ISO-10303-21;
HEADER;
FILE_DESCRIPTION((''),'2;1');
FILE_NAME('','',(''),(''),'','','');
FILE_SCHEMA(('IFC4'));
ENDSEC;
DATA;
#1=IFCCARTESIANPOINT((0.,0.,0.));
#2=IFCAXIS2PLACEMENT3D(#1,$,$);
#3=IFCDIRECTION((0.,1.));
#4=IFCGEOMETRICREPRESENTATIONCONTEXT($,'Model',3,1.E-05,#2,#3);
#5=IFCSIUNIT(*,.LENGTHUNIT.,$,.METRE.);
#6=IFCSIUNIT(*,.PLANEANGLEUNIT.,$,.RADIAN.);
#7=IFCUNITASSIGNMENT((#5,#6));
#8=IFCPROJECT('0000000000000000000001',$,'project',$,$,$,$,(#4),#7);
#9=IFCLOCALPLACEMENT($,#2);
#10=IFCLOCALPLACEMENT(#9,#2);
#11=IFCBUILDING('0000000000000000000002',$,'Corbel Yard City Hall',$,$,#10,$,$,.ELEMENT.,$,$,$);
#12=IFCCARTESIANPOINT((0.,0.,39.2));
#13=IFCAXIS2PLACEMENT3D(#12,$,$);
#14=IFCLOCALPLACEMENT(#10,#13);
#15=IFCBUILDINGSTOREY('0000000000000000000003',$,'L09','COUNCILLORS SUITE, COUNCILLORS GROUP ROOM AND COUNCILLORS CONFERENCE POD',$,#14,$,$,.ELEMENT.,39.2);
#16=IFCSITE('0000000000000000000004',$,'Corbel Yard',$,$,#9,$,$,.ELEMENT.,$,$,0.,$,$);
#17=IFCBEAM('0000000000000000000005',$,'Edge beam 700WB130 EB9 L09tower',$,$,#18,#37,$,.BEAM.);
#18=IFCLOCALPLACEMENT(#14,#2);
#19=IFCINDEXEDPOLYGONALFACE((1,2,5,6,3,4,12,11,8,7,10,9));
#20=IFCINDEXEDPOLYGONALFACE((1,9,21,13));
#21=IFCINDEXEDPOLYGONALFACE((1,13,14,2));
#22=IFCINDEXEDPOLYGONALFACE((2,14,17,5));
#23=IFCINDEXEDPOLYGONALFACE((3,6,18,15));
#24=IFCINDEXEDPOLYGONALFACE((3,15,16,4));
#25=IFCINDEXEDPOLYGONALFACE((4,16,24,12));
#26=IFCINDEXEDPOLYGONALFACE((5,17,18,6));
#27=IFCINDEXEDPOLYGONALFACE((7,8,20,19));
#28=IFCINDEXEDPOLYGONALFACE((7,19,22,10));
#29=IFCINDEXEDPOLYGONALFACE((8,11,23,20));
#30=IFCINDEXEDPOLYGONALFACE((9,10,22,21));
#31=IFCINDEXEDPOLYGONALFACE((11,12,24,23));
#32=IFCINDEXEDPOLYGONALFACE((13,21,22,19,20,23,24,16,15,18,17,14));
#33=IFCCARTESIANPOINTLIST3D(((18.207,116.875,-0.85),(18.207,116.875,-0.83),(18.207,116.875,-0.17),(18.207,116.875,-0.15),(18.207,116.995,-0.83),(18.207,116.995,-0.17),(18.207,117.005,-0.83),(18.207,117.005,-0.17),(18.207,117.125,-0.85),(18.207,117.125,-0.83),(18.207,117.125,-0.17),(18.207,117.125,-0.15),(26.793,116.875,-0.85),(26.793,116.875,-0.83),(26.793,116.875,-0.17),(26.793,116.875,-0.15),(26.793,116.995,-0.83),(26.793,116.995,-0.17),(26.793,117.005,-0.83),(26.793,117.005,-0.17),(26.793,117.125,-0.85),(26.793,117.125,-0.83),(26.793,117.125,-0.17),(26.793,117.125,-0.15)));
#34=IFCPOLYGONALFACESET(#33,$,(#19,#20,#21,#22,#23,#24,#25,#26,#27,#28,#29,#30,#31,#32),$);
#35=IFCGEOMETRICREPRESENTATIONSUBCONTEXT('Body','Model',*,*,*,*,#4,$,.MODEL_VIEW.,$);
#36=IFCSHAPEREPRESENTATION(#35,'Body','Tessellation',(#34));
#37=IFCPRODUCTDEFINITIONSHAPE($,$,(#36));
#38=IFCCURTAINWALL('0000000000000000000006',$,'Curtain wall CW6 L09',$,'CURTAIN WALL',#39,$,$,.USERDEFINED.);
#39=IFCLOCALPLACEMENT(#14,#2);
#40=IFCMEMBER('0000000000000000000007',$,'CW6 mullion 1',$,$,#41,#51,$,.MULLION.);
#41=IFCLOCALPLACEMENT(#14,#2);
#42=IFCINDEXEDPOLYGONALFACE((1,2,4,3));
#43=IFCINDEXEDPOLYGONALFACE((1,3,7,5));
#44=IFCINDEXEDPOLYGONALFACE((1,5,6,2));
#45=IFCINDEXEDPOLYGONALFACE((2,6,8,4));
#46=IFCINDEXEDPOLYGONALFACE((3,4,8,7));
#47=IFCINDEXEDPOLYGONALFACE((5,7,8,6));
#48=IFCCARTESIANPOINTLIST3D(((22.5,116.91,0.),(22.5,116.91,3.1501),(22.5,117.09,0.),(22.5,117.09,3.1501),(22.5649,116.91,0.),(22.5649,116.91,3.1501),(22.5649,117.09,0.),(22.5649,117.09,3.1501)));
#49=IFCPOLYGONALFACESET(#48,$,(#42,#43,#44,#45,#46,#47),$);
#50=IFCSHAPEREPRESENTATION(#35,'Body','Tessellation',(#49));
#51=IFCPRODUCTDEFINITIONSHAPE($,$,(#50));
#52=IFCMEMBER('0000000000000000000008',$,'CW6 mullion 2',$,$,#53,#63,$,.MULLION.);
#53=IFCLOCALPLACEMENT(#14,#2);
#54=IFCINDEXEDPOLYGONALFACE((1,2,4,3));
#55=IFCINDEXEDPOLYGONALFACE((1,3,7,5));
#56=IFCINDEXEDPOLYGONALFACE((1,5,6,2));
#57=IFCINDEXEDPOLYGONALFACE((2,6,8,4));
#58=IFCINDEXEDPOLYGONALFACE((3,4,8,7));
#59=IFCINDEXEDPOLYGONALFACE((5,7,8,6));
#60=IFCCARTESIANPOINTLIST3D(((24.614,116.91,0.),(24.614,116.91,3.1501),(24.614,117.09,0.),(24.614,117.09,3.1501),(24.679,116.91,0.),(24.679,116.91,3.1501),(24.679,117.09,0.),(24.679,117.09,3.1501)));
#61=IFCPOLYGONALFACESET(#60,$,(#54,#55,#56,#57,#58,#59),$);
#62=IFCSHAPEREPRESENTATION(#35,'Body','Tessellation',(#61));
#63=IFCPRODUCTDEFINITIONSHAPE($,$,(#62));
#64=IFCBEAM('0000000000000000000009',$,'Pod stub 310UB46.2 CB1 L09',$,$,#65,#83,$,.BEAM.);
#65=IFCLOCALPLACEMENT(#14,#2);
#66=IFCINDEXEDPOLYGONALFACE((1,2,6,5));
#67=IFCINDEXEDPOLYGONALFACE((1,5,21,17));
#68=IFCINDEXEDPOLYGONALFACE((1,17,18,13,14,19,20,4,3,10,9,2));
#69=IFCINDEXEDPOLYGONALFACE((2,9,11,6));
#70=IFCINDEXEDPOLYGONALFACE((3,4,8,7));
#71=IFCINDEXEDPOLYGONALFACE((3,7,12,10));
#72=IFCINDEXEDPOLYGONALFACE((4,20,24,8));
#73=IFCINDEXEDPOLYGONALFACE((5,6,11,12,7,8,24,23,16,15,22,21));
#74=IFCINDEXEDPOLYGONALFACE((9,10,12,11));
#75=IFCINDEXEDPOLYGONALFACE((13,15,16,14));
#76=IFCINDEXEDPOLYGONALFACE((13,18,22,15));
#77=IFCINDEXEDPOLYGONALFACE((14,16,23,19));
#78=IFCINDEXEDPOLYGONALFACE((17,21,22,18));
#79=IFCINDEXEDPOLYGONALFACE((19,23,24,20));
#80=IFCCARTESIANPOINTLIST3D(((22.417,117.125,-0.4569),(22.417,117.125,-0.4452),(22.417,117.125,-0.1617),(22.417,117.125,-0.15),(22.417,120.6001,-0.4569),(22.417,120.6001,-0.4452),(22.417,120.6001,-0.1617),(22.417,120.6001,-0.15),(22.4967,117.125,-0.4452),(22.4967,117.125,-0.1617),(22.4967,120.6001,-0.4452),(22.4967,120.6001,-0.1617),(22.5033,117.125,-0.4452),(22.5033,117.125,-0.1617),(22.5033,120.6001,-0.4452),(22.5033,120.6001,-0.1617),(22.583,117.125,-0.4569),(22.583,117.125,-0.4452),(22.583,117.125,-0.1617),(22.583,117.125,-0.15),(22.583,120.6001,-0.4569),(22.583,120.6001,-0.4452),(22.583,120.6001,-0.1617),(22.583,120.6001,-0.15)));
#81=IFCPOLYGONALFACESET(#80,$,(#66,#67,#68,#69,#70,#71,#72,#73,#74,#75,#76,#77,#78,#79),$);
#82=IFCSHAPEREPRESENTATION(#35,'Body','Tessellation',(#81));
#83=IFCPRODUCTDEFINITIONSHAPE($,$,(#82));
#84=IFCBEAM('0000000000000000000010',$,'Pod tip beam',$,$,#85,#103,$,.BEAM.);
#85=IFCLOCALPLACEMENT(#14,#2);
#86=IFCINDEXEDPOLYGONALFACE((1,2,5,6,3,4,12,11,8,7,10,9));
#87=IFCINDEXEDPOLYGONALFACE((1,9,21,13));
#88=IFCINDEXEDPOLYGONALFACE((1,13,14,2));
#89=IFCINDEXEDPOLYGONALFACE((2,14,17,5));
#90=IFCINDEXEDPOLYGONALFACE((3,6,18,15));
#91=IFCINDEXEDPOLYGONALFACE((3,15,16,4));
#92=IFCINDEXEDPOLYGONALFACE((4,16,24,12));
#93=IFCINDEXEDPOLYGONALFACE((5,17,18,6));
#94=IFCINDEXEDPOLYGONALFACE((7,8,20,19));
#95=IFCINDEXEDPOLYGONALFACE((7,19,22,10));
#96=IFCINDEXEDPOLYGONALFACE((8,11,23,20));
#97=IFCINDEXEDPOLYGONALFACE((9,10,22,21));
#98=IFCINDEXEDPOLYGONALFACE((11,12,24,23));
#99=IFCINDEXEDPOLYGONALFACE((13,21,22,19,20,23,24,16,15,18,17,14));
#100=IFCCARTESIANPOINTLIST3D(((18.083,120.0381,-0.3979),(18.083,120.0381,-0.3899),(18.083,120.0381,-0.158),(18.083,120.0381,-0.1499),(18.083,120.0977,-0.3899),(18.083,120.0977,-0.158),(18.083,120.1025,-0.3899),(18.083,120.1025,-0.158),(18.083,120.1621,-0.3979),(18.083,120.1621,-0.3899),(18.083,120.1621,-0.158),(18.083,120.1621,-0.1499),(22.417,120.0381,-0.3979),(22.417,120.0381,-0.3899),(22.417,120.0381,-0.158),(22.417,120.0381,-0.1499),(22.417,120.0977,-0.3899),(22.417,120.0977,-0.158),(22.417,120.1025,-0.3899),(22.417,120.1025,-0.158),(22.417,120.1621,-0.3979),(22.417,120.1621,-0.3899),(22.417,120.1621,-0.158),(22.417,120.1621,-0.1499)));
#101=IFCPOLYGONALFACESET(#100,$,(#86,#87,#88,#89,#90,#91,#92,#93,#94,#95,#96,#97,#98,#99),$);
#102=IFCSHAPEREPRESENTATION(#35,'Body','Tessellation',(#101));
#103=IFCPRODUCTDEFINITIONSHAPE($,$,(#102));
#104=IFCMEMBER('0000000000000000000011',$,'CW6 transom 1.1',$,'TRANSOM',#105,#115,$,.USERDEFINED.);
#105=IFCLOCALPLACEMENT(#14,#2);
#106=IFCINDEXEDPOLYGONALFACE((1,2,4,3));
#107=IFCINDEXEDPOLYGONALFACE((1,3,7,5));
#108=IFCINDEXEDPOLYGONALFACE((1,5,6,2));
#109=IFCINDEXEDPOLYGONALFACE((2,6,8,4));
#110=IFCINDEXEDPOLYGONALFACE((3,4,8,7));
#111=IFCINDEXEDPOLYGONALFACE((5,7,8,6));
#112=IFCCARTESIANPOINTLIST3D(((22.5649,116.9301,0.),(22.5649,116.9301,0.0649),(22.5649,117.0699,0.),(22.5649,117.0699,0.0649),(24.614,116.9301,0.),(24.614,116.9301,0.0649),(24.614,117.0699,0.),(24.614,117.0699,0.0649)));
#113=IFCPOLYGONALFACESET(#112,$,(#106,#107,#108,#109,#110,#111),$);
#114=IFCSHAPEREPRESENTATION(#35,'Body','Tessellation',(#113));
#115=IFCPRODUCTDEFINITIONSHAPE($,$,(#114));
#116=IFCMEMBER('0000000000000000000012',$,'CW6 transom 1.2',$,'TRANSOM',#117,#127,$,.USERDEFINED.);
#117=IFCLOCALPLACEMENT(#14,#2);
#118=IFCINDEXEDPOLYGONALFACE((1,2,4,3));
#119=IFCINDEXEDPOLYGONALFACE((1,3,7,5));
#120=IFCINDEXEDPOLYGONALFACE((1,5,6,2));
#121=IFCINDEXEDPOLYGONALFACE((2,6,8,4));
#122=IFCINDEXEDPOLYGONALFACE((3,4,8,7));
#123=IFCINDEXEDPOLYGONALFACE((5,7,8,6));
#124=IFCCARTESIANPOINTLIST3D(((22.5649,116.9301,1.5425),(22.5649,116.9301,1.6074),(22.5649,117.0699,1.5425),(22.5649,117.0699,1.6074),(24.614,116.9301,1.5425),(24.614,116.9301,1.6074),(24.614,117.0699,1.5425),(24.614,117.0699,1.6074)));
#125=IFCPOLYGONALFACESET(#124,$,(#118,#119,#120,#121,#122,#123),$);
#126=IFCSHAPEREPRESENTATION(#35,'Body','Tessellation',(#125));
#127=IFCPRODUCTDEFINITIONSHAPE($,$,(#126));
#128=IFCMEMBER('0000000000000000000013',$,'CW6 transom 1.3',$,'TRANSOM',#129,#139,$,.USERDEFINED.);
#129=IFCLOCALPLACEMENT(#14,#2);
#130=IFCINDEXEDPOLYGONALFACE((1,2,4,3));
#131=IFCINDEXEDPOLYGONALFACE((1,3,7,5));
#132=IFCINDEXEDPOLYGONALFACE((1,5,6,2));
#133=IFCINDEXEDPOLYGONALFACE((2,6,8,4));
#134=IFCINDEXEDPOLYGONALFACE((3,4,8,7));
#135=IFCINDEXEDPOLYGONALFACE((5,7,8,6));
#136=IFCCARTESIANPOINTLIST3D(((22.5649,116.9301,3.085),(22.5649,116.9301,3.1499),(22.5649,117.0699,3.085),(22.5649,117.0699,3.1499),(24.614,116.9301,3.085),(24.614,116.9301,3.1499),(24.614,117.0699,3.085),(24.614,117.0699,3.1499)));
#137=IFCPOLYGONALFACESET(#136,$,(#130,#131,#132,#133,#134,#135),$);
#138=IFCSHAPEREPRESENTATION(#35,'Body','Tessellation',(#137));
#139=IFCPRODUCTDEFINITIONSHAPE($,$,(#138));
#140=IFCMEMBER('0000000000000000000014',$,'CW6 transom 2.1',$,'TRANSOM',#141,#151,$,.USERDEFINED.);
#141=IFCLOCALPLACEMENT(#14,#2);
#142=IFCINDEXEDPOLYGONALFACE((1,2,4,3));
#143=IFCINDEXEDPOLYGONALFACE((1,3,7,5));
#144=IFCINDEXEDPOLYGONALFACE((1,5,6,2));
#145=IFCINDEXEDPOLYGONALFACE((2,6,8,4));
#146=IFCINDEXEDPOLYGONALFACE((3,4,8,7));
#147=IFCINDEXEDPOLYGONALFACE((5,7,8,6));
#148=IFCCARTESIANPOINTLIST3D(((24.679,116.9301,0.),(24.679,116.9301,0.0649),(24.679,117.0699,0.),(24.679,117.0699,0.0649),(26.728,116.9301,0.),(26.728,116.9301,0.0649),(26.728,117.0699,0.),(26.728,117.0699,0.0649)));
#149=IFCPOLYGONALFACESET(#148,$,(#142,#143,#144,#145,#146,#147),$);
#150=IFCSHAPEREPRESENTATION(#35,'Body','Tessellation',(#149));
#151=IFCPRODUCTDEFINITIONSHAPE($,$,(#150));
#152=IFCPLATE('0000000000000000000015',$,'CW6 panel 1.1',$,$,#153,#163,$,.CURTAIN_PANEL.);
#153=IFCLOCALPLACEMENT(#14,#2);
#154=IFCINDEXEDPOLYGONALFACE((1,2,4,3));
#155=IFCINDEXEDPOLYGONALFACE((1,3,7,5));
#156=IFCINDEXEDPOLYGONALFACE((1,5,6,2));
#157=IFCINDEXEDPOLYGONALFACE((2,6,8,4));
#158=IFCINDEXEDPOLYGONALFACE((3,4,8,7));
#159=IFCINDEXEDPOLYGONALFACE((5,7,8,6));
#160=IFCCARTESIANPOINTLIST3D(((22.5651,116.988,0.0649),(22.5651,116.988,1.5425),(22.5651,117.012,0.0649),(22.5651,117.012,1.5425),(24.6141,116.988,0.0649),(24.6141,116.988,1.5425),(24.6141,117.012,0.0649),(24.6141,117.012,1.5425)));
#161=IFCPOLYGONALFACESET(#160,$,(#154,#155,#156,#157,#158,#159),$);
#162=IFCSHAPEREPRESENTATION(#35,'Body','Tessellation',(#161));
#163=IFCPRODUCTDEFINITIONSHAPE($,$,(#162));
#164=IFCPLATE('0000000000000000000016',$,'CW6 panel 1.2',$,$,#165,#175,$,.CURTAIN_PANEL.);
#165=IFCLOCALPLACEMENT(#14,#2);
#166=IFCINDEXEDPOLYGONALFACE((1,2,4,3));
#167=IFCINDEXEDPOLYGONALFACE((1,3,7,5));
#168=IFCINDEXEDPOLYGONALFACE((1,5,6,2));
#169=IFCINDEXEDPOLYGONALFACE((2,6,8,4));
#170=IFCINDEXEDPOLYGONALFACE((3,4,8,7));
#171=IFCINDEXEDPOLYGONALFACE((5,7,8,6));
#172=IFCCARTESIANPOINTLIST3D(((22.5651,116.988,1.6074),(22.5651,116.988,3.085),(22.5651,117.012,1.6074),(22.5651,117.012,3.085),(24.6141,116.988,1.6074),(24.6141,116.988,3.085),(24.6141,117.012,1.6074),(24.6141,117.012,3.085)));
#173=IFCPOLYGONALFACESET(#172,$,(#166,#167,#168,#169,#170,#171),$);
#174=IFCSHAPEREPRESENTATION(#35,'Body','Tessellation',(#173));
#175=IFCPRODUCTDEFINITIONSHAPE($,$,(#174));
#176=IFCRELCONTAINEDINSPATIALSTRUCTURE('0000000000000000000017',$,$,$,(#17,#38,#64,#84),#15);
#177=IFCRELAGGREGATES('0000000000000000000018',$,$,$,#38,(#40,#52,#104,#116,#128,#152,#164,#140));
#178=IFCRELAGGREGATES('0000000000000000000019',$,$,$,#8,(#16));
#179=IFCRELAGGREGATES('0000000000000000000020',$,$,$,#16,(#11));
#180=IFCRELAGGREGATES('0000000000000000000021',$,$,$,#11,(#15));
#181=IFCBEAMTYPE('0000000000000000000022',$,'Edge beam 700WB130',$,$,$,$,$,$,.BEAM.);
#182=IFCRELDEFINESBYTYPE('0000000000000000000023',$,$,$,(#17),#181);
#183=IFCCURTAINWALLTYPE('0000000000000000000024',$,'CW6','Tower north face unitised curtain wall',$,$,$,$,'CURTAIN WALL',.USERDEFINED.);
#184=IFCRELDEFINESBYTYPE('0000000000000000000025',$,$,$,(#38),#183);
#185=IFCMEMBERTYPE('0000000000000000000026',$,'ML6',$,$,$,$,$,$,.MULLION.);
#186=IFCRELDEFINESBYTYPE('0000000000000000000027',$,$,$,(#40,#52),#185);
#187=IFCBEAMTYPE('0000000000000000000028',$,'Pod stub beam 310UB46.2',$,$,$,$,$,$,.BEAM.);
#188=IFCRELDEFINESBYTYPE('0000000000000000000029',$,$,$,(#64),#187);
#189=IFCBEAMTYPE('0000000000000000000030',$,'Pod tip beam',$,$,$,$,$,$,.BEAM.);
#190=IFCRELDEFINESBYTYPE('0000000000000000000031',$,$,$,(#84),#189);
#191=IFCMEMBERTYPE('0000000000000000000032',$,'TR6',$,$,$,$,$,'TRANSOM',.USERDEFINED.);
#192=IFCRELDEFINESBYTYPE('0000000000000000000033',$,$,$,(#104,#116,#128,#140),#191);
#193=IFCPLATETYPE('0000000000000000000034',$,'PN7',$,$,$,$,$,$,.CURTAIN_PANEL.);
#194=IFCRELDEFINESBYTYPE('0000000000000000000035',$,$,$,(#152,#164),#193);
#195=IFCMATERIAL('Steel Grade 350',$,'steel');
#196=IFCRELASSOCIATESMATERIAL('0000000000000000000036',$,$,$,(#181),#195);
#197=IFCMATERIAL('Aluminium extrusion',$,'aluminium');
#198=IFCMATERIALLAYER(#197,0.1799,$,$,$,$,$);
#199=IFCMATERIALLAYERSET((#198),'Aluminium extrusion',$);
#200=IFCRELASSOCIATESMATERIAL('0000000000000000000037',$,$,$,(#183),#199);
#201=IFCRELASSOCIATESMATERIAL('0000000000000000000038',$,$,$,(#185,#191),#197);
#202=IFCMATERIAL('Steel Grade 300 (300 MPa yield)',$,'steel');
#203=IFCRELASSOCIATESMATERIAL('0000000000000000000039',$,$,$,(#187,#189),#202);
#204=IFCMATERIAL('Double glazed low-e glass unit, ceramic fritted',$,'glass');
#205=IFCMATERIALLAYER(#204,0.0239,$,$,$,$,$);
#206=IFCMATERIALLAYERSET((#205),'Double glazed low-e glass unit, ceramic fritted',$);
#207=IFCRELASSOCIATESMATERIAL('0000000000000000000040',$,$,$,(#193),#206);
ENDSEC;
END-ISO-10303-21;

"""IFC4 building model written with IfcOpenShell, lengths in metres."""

from ifc_helpers import new_model, si_unit, direction, frame, origin, origin_2d, place, context, subcontext, project, spatial, rectangle, i_section, extrude, material, layer, layer_set, material_profile, profile_set, type_object, element, aggregate, save


model = new_model("IFC4")

# Units and contexts
model_context = context("Model", 3, precision=1e-05, world=origin(), true_north=direction((0.0, 1.0)))
body_context = subcontext(model_context, "Body", "Model", "MODEL_VIEW")
ifc_project = project(units=[si_unit("LENGTHUNIT", "METRE"), si_unit("PLANEANGLEUNIT", "RADIAN")], contexts=[model_context])

# Site, building, storey
site_placement = place(None, origin())
site = spatial("IfcSite", under=ifc_project, at=site_placement, Name="Corbel Yard", CompositionType="ELEMENT", RefElevation=0.0)
building_placement = place(site_placement, origin())
building = spatial("IfcBuilding", under=site, at=building_placement, Name="Corbel Yard City Hall", CompositionType="ELEMENT")
storey_placement = place(building_placement, frame((0.0, 0.0, 39.2)))
storey = spatial("IfcBuildingStorey", under=building, at=storey_placement, Name="L09", Description="COUNCILLORS SUITE, COUNCILLORS GROUP ROOM AND COUNCILLORS CONFERENCE POD", CompositionType="ELEMENT", Elevation=39.2)

# Beam
ifc_material_1 = material(Name="Steel Grade 350", Category="steel")
ifc_material_profile_1 = material_profile(ifc_material_1, i_section(OverallWidth=0.25, OverallDepth=0.7, WebThickness=0.01, FlangeThickness=0.02, at=origin_2d()), Name="700WB130")
ifc_profile_set_1 = profile_set([ifc_material_profile_1], Name="Steel Grade 350")
beam_type_1 = type_object("IfcBeamType", Name="Edge beam 700WB130", PredefinedType="BEAM", material=ifc_profile_set_1)
beam_1_placement = place(storey_placement, frame((18.207, 117.0, -0.5), z_axis=(1.0, 0.0, 0.0), x_axis=(0.0, 1.0, 0.0)))
element("IfcBeam", 1, at=beam_1_placement, inside=storey, type_object=beam_type_1, Name="Edge beam 700WB130 EB9 L09tower", PredefinedType="BEAM", context=body_context, shape_type="SweptSolid", body=[
    extrude(i_section(OverallWidth=0.25, OverallDepth=0.7, WebThickness=0.01, FlangeThickness=0.02, at=origin_2d()), origin(), (0.0, 0.0, 1.0), 8.5859),
])

# Curtain wall, members
ifc_material_2 = material(Name="Aluminium extrusion", Category="aluminium")
ifc_layer_1 = layer(ifc_material_2, 0.1799)
ifc_layer_set_1 = layer_set([ifc_layer_1], Name="Aluminium extrusion")
curtain_wall_type = type_object("IfcCurtainWallType", Name="CW6", Description="Tower north face unitised curtain wall", ElementType="CURTAIN WALL", PredefinedType="USERDEFINED", material=ifc_layer_set_1)
curtain_wall_placement = place(storey_placement, origin())
curtain_wall = element("IfcCurtainWall", 2, at=curtain_wall_placement, inside=storey, type_object=curtain_wall_type, Name="Curtain wall CW6 L09", ObjectType="CURTAIN WALL", PredefinedType="USERDEFINED")
ifc_material_profile_2 = material_profile(ifc_material_2, rectangle(XDim=0.1799, YDim=0.0649, at=origin_2d()), Name="180x65")
ifc_profile_set_2 = profile_set([ifc_material_profile_2], Name="Aluminium extrusion")
member_type_1 = type_object("IfcMemberType", Name="ML6", PredefinedType="MULLION", material=ifc_profile_set_2)
member_1_placement = place(storey_placement, frame((22.5325, 117.0, 0.0), z_axis=(0.0, 0.0, 1.0), x_axis=(0.0, 1.0, 0.0)))
member_1 = element("IfcMember", 3, at=member_1_placement, type_object=member_type_1, Name="CW6 mullion 1", PredefinedType="MULLION", context=body_context, shape_type="SweptSolid", body=[
    extrude(rectangle(XDim=0.1799, YDim=0.0649, at=origin_2d()), origin(), (0.0, 0.0, 1.0), 3.1501),
])
member_2_placement = place(storey_placement, frame((24.6465, 117.0, 0.0), z_axis=(0.0, 0.0, 1.0), x_axis=(0.0, 1.0, 0.0)))
member_2 = element("IfcMember", 4, at=member_2_placement, type_object=member_type_1, Name="CW6 mullion 2", PredefinedType="MULLION", context=body_context, shape_type="SweptSolid", body=[
    extrude(rectangle(XDim=0.1799, YDim=0.0649, at=origin_2d()), origin(), (0.0, 0.0, 1.0), 3.1501),
])

# Beams
ifc_material_3 = material(Name="Steel Grade 300 (300 MPa yield)", Category="steel")
ifc_material_profile_3 = material_profile(ifc_material_3, i_section(OverallWidth=0.166, OverallDepth=0.3069, WebThickness=0.0066, FlangeThickness=0.0117, at=origin_2d()), Name="310UB46.2")
ifc_profile_set_3 = profile_set([ifc_material_profile_3], Name="Steel Grade 300 (300 MPa yield)")
beam_type_2 = type_object("IfcBeamType", Name="Pod stub beam 310UB46.2", PredefinedType="BEAM", material=ifc_profile_set_3)
beam_2_placement = place(storey_placement, frame((22.5, 117.125, -0.3035), z_axis=(0.0, 1.0, 0.0), x_axis=(-1.0, 0.0, 0.0)))
element("IfcBeam", 5, at=beam_2_placement, inside=storey, type_object=beam_type_2, Name="Pod stub 310UB46.2 CB1 L09", PredefinedType="BEAM", context=body_context, shape_type="SweptSolid", body=[
    extrude(i_section(OverallWidth=0.166, OverallDepth=0.3069, WebThickness=0.0066, FlangeThickness=0.0117, at=origin_2d()), origin(), (0.0, 0.0, 1.0), 3.4751),
])
ifc_material_profile_4 = material_profile(ifc_material_3, i_section(OverallWidth=0.124, OverallDepth=0.248, WebThickness=0.0049, FlangeThickness=0.0081, at=origin_2d()), Name="250UB25.7")
ifc_profile_set_4 = profile_set([ifc_material_profile_4], Name="Steel Grade 300 (300 MPa yield)")
beam_type_3 = type_object("IfcBeamType", Name="Pod tip beam", PredefinedType="BEAM", material=ifc_profile_set_4)
beam_3_placement = place(storey_placement, frame((18.083, 120.1001, -0.2739), z_axis=(1.0, 0.0, 0.0), x_axis=(0.0, 1.0, 0.0)))
element("IfcBeam", 6, at=beam_3_placement, inside=storey, type_object=beam_type_3, Name="Pod tip beam", PredefinedType="BEAM", context=body_context, shape_type="SweptSolid", body=[
    extrude(i_section(OverallWidth=0.124, OverallDepth=0.248, WebThickness=0.0049, FlangeThickness=0.0081, at=origin_2d()), origin(), (0.0, 0.0, 1.0), 4.334),
])

# Members
ifc_material_profile_5 = material_profile(ifc_material_2, rectangle(XDim=0.1399, YDim=0.0649, at=origin_2d()), Name="140x65")
ifc_profile_set_5 = profile_set([ifc_material_profile_5], Name="Aluminium extrusion")
member_type_2 = type_object("IfcMemberType", Name="TR6", ElementType="TRANSOM", PredefinedType="USERDEFINED", material=ifc_profile_set_5)
member_3_placement = place(storey_placement, frame((22.5649, 117.0, 0.0325), z_axis=(1.0, 0.0, 0.0), x_axis=(0.0, 1.0, 0.0)))
member_3 = element("IfcMember", 7, at=member_3_placement, type_object=member_type_2, Name="CW6 transom 1.1", ObjectType="TRANSOM", PredefinedType="USERDEFINED", context=body_context, shape_type="SweptSolid", body=[
    extrude(rectangle(XDim=0.1399, YDim=0.0649, at=origin_2d()), origin(), (0.0, 0.0, 1.0), 2.0491),
])
member_4_placement = place(storey_placement, frame((22.5649, 117.0, 1.575), z_axis=(1.0, 0.0, 0.0), x_axis=(0.0, 1.0, 0.0)))
member_4 = element("IfcMember", 8, at=member_4_placement, type_object=member_type_2, Name="CW6 transom 1.2", ObjectType="TRANSOM", PredefinedType="USERDEFINED", context=body_context, shape_type="SweptSolid", body=[
    extrude(rectangle(XDim=0.1399, YDim=0.0649, at=origin_2d()), origin(), (0.0, 0.0, 1.0), 2.0491),
])
member_5_placement = place(storey_placement, frame((22.5649, 117.0, 3.1174), z_axis=(1.0, 0.0, 0.0), x_axis=(0.0, 1.0, 0.0)))
member_5 = element("IfcMember", 9, at=member_5_placement, type_object=member_type_2, Name="CW6 transom 1.3", ObjectType="TRANSOM", PredefinedType="USERDEFINED", context=body_context, shape_type="SweptSolid", body=[
    extrude(rectangle(XDim=0.1399, YDim=0.0649, at=origin_2d()), origin(), (0.0, 0.0, 1.0), 2.0491),
])
member_6_placement = place(storey_placement, frame((24.679, 117.0, 0.0325), z_axis=(1.0, 0.0, 0.0), x_axis=(0.0, 1.0, 0.0)))
member_6 = element("IfcMember", 10, at=member_6_placement, type_object=member_type_2, Name="CW6 transom 2.1", ObjectType="TRANSOM", PredefinedType="USERDEFINED", context=body_context, shape_type="SweptSolid", body=[
    extrude(rectangle(XDim=0.1399, YDim=0.0649, at=origin_2d()), origin(), (0.0, 0.0, 1.0), 2.0491),
])

# Plates
ifc_material_4 = material(Name="Double glazed low-e glass unit, ceramic fritted", Category="glass")
ifc_layer_2 = layer(ifc_material_4, 0.0239)
ifc_layer_set_2 = layer_set([ifc_layer_2], Name="Double glazed low-e glass unit, ceramic fritted")
plate_type = type_object("IfcPlateType", Name="PN7", PredefinedType="CURTAIN_PANEL", material=ifc_layer_set_2)
plate_1_placement = place(storey_placement, frame((23.5896, 117.0, 0.0649), z_axis=(0.0, 0.0, 1.0), x_axis=(1.0, 0.0, 0.0)))
plate_1 = element("IfcPlate", 11, at=plate_1_placement, type_object=plate_type, Name="CW6 panel 1.1", PredefinedType="CURTAIN_PANEL", context=body_context, shape_type="SweptSolid", body=[
    extrude(rectangle(XDim=2.0491, YDim=0.0239, at=origin_2d()), origin(), (0.0, 0.0, 1.0), 1.4775),
])
plate_2_placement = place(storey_placement, frame((23.5896, 117.0, 1.6074), z_axis=(0.0, 0.0, 1.0), x_axis=(1.0, 0.0, 0.0)))
plate_2 = element("IfcPlate", 12, at=plate_2_placement, type_object=plate_type, Name="CW6 panel 1.2", PredefinedType="CURTAIN_PANEL", context=body_context, shape_type="SweptSolid", body=[
    extrude(rectangle(XDim=2.0491, YDim=0.0239, at=origin_2d()), origin(), (0.0, 0.0, 1.0), 1.4775),
])
aggregate(curtain_wall, [member_1, member_2, member_3, member_4, member_5, plate_1, plate_2, member_6])

save(model, "model.ifc")
